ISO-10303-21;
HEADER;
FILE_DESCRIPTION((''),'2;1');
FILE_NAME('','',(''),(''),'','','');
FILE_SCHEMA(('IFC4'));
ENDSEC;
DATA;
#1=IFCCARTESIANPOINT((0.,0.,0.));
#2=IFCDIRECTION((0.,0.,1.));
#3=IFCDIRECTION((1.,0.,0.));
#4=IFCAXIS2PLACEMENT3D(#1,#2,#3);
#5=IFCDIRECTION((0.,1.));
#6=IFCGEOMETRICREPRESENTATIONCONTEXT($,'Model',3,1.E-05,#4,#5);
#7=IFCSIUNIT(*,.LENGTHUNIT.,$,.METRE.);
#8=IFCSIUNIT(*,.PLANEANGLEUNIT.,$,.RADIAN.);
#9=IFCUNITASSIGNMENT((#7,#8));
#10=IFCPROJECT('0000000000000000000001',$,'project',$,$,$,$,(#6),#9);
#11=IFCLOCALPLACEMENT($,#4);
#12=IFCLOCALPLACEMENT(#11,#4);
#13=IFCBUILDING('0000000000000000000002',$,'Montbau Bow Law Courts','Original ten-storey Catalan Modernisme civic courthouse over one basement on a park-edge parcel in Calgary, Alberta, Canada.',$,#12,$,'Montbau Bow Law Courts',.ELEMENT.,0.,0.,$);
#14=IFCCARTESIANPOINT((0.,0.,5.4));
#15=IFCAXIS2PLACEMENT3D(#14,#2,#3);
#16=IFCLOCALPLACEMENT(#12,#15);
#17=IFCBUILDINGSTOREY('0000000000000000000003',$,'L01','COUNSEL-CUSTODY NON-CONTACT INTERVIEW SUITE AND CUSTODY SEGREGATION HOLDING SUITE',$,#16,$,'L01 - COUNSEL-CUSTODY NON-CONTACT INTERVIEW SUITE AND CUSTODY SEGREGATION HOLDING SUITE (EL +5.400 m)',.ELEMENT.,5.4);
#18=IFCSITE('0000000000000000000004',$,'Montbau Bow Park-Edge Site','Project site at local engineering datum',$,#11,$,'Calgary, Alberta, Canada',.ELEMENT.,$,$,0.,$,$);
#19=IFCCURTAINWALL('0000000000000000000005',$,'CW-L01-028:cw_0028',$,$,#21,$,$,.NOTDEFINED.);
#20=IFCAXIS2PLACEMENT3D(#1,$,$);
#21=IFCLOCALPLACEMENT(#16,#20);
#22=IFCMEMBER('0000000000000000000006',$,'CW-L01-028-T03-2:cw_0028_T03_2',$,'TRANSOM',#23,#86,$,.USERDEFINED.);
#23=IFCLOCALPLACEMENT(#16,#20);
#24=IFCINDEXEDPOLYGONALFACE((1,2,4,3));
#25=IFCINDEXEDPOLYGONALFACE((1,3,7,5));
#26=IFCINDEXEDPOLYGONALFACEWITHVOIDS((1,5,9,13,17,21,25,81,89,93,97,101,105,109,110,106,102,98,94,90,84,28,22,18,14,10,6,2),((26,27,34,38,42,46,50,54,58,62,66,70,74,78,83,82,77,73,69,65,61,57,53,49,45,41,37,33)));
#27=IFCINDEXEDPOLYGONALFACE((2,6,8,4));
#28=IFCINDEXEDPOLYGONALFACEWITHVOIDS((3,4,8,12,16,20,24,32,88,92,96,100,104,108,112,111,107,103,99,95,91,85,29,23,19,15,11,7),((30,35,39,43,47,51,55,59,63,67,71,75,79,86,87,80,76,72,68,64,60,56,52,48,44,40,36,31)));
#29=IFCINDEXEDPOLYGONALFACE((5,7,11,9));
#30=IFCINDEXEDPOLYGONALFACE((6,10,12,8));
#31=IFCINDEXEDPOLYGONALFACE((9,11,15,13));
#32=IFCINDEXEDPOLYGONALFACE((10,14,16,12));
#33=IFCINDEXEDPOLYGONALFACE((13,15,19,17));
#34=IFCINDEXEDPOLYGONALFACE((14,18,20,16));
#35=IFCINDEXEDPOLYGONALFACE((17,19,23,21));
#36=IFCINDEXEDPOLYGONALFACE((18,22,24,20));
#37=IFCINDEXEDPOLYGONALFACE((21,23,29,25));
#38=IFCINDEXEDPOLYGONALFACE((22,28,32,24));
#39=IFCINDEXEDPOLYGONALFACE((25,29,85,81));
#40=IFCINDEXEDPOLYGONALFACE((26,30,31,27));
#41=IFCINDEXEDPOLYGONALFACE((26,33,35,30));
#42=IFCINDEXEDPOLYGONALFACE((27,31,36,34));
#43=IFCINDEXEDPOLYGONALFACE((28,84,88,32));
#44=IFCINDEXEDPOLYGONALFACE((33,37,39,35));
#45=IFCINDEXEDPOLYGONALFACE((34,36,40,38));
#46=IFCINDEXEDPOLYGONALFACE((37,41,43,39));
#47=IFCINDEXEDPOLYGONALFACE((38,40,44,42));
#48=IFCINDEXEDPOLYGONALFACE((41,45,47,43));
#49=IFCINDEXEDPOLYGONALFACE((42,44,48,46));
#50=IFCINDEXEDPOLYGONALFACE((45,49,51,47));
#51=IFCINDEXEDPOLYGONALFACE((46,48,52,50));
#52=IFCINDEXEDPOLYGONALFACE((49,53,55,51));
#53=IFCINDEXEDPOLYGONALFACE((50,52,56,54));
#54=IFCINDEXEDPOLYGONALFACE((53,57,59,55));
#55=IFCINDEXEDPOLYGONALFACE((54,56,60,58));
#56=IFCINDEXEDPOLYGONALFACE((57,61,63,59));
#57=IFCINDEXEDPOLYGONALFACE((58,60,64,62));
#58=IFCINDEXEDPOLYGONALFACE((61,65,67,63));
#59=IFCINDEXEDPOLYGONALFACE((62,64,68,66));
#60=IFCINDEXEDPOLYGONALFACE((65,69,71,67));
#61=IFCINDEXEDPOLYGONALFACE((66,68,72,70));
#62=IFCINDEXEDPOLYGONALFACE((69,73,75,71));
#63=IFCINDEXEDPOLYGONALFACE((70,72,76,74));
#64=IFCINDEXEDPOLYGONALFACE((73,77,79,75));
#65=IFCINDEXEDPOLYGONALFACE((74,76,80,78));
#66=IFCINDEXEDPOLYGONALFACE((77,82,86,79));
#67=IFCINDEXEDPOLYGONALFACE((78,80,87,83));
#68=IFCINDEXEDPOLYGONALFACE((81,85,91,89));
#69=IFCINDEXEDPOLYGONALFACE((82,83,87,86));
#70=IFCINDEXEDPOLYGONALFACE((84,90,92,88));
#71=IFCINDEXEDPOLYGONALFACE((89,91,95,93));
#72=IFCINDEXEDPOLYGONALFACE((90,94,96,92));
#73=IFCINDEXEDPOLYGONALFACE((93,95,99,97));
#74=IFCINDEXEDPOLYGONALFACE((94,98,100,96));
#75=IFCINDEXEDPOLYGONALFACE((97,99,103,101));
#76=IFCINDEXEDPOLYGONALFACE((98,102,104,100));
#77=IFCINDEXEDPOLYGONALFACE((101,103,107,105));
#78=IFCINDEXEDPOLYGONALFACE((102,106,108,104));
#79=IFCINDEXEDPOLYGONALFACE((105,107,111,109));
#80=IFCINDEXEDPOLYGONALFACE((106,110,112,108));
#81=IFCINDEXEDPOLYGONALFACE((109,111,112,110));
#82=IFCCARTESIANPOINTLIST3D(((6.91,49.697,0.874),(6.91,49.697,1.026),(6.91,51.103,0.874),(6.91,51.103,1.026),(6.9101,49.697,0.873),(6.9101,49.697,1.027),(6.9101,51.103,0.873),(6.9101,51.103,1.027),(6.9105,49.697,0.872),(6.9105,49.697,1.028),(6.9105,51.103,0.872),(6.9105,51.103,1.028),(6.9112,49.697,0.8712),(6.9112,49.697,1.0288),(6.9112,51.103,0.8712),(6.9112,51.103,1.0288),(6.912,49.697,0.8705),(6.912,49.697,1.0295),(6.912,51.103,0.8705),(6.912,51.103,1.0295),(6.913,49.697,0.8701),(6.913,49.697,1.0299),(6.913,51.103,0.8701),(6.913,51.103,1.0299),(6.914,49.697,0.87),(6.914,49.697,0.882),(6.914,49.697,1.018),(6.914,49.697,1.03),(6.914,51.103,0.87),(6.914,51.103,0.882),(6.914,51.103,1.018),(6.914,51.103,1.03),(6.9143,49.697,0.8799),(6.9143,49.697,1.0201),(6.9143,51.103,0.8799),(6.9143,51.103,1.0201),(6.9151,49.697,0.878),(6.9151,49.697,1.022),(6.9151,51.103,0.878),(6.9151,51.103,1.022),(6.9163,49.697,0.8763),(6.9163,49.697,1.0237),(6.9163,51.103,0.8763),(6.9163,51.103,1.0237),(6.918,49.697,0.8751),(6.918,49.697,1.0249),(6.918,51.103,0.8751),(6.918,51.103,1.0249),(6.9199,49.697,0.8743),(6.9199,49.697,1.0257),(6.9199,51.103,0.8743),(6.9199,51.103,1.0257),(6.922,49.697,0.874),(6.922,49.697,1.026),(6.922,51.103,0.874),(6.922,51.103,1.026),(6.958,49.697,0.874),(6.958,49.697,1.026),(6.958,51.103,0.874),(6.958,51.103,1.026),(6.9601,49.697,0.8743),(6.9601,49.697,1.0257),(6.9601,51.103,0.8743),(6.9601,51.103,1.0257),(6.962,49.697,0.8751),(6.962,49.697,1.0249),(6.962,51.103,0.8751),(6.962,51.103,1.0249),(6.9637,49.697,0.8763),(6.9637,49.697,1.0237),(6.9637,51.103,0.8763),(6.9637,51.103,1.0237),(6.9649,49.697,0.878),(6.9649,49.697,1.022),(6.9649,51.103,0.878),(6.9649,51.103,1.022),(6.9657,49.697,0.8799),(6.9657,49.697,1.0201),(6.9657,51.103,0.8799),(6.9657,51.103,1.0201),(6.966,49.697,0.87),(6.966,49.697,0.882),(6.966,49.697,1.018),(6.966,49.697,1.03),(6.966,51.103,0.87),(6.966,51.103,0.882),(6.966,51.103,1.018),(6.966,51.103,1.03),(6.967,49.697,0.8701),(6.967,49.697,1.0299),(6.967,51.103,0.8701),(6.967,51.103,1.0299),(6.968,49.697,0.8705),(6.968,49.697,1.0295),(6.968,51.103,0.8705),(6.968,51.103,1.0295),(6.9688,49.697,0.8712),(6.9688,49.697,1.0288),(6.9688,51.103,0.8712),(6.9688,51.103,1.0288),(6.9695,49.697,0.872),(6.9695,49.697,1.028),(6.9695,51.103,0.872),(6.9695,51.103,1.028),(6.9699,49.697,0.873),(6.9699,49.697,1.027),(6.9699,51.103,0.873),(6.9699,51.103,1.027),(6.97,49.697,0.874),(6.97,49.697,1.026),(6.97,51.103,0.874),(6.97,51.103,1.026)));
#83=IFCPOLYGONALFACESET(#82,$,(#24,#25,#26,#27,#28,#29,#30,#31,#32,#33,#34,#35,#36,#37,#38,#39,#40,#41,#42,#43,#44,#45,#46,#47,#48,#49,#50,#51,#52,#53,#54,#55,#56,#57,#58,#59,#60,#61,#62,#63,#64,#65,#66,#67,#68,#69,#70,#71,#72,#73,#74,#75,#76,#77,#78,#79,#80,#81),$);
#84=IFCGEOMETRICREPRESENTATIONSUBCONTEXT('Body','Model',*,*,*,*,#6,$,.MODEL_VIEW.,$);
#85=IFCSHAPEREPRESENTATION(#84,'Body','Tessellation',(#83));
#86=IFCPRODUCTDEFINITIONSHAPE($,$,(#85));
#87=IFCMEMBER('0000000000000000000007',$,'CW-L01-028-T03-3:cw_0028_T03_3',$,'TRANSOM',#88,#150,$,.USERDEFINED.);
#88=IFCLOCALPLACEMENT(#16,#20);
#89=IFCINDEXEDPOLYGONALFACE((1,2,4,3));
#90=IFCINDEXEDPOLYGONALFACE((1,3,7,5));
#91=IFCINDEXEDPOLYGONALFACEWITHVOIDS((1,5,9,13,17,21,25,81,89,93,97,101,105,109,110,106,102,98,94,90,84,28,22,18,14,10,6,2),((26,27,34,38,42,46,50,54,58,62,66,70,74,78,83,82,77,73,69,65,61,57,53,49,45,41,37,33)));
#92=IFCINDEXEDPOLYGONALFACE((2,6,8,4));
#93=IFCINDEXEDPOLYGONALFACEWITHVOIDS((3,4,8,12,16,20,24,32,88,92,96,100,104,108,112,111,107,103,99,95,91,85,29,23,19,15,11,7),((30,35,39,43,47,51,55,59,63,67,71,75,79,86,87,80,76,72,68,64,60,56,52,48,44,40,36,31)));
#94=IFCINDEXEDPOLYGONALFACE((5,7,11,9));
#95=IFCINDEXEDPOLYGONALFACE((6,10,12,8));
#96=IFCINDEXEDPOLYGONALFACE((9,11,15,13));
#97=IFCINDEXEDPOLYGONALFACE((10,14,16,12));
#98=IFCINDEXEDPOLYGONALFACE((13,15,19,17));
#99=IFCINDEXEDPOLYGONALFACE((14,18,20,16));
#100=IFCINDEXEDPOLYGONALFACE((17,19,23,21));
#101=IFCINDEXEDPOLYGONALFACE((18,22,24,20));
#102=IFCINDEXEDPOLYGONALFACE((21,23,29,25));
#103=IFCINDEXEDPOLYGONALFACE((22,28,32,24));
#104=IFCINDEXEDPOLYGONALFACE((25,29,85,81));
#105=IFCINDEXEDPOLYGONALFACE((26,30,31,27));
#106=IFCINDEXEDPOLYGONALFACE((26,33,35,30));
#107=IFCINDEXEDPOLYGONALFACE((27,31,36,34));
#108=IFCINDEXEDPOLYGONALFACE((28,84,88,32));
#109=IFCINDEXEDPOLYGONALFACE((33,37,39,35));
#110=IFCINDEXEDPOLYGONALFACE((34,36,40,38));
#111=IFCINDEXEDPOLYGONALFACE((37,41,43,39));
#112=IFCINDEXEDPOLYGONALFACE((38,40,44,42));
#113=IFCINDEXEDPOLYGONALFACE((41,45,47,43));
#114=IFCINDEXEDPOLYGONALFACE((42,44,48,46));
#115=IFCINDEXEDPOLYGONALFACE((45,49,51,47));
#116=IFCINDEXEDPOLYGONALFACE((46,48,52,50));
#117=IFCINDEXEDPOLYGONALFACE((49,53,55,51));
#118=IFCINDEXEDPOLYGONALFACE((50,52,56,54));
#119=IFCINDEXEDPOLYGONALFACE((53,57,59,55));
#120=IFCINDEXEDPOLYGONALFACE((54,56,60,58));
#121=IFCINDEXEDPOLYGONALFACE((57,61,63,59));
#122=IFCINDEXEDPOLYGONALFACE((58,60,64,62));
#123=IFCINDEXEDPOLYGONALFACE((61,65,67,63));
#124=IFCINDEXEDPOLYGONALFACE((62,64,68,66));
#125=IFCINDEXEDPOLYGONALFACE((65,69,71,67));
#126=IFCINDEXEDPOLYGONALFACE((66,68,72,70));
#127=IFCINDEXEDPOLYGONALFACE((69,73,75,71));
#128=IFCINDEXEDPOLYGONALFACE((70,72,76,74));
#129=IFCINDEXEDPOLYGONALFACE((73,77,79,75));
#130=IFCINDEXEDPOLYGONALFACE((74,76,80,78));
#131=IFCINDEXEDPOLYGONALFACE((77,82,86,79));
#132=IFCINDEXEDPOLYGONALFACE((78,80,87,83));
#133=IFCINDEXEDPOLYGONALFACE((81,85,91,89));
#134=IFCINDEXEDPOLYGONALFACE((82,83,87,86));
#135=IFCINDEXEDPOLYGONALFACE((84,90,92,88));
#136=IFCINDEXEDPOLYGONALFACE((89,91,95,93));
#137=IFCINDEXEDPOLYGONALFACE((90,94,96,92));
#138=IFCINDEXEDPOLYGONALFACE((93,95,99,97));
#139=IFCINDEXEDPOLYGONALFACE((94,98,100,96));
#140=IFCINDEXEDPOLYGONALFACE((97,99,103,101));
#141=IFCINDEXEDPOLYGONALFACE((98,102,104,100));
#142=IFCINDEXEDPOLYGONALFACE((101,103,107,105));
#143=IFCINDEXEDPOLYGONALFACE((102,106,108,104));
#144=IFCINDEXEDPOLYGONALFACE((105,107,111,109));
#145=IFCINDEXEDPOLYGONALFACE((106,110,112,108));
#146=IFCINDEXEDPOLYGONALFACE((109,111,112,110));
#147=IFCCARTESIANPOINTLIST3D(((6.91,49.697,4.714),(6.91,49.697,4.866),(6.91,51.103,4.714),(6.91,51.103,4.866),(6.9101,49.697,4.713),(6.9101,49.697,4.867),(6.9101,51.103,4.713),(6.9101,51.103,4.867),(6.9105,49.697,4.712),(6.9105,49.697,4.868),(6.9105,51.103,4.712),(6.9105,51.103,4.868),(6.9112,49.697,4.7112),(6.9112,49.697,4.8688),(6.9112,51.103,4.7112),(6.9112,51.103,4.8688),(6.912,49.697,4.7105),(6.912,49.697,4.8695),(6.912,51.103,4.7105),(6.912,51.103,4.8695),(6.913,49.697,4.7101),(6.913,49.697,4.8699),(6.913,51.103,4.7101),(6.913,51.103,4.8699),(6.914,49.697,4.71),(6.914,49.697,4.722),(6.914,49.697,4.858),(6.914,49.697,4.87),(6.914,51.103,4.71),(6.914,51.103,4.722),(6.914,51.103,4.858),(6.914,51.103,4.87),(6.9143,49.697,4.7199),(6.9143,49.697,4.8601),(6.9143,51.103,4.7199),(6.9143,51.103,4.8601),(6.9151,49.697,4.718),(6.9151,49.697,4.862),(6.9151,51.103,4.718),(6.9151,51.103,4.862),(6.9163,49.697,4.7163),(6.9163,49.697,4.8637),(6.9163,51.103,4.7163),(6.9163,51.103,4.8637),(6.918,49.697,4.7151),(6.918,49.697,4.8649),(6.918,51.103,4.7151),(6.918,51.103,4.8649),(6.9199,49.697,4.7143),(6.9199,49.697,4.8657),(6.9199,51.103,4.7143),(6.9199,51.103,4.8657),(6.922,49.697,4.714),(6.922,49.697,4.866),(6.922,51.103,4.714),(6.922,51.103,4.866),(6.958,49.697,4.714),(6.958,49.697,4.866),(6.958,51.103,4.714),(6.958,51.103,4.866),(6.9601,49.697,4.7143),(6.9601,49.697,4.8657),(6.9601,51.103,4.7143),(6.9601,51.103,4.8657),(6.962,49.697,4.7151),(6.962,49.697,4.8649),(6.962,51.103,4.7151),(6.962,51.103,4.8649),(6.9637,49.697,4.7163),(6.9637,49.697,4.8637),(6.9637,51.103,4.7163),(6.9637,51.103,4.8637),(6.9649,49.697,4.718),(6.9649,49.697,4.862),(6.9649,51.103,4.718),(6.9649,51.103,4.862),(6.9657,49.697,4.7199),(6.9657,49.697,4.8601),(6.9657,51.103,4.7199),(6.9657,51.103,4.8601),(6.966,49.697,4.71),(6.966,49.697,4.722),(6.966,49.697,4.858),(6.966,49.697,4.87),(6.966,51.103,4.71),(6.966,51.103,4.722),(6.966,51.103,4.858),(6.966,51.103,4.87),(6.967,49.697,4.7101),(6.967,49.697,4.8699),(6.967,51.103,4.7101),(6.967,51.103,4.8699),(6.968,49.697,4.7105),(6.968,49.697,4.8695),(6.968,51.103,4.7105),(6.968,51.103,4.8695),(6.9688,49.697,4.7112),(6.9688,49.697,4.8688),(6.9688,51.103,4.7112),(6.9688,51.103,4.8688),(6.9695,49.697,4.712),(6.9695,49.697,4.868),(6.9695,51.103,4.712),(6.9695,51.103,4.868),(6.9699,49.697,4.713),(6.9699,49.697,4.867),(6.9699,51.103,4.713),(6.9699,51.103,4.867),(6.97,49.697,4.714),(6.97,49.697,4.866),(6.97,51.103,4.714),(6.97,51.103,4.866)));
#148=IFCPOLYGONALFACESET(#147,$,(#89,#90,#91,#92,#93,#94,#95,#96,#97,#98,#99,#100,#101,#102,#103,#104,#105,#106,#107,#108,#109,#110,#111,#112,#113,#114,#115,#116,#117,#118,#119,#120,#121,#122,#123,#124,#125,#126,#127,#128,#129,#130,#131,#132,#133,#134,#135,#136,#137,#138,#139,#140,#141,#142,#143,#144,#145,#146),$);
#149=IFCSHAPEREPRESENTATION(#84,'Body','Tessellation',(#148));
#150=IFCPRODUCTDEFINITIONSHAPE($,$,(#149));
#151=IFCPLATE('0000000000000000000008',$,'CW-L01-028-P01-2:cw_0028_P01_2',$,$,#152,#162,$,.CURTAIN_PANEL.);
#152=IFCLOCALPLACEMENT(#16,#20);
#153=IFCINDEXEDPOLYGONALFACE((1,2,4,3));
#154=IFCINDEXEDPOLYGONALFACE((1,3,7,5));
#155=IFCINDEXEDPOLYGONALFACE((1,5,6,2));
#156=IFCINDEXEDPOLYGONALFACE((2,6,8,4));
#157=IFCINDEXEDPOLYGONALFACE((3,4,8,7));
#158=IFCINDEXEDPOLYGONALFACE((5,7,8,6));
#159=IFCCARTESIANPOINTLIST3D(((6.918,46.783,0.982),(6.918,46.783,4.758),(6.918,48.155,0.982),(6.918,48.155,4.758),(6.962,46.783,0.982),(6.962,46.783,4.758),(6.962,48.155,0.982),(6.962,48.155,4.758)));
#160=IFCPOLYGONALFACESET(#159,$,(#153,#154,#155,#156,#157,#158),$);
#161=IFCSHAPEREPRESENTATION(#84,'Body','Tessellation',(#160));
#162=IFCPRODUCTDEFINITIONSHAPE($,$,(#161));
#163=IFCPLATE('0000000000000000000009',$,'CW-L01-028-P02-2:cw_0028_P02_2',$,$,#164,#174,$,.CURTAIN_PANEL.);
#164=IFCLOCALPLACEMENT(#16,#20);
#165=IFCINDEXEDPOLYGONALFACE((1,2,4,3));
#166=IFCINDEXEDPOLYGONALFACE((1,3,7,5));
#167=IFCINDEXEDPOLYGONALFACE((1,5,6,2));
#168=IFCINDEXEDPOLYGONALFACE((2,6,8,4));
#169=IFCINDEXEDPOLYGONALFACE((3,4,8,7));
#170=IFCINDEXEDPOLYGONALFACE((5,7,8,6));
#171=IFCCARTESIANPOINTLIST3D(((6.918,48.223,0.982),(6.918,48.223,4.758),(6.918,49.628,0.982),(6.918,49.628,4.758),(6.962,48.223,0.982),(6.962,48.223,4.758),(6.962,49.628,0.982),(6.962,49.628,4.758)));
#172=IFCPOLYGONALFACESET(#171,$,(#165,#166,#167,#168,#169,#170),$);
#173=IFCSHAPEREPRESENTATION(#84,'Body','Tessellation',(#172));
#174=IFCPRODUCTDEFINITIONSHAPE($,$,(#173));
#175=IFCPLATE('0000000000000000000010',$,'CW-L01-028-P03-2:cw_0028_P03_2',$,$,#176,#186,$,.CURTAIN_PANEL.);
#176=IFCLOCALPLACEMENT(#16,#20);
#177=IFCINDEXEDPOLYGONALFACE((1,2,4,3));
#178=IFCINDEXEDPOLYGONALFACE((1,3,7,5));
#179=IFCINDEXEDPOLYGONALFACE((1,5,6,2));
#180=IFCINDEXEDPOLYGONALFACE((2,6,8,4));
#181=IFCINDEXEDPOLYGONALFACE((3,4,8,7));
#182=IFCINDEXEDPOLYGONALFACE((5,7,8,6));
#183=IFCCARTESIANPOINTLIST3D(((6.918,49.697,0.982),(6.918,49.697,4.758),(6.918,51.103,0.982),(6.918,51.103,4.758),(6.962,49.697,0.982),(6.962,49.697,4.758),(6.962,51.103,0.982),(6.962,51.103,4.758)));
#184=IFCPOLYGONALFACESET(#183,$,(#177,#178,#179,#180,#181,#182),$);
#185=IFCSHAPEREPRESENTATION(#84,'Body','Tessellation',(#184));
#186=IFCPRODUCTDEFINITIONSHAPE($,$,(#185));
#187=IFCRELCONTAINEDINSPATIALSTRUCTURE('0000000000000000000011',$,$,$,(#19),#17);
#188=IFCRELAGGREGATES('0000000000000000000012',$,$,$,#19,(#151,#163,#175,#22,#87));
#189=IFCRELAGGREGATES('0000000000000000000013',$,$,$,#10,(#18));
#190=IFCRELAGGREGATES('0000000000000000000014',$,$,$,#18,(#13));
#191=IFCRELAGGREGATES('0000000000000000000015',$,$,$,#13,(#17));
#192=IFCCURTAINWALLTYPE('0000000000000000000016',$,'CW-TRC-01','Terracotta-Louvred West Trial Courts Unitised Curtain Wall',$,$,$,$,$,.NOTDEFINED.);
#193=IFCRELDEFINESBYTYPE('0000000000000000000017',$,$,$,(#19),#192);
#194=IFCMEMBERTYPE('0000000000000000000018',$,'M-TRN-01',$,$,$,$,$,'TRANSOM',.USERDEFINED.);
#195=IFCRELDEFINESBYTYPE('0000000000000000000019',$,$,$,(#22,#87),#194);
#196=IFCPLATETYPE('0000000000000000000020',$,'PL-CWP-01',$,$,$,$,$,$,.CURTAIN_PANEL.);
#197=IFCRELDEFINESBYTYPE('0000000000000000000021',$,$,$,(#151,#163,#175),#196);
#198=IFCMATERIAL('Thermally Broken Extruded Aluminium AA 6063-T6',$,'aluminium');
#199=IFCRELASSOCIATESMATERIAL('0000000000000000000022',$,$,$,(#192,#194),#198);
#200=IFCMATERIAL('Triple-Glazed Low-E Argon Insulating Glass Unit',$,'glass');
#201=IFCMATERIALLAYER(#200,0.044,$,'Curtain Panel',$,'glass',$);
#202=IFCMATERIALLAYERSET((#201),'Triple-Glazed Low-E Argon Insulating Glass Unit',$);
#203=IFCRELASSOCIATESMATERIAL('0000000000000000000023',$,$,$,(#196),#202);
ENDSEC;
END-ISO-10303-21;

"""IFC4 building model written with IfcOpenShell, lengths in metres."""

from ifc_helpers import new_model, si_unit, direction, frame, frame_2d, origin_with_axes, origin_2d_with_axis, place, context, subcontext, project, spatial, rectangle, hollow_rectangle, extrude, material, layer, layer_set, material_profile, profile_set, type_object, element, aggregate, save


model = new_model("IFC4")

# Units and contexts
model_context = context("Model", 3, precision=1e-05, world=origin_with_axes(), true_north=direction((0.0, 1.0)))
body_context = subcontext(model_context, "Body", "Model", "MODEL_VIEW")
ifc_project = project(units=[si_unit("LENGTHUNIT", "METRE"), si_unit("PLANEANGLEUNIT", "RADIAN")], contexts=[model_context])

# Site, building, storey
site_placement = place(None, origin_with_axes())
site = spatial("IfcSite", under=ifc_project, at=site_placement, Name="Montbau Bow Park-Edge Site", Description="Project site at local engineering datum", LongName="Calgary, Alberta, Canada", CompositionType="ELEMENT", RefElevation=0.0)
building_placement = place(site_placement, origin_with_axes())
building = spatial("IfcBuilding", under=site, at=building_placement, Name="Montbau Bow Law Courts", Description="Original ten-storey Catalan Modernisme civic courthouse over one basement on a park-edge parcel in Calgary, Alberta, Canada.", LongName="Montbau Bow Law Courts", CompositionType="ELEMENT", ElevationOfRefHeight=0.0, ElevationOfTerrain=0.0)
storey_placement = place(building_placement, frame((0.0, 0.0, 5.4), z_axis=(0.0, 0.0, 1.0), x_axis=(1.0, 0.0, 0.0)))
storey = spatial("IfcBuildingStorey", under=building, at=storey_placement, Name="L01", Description="COUNSEL-CUSTODY NON-CONTACT INTERVIEW SUITE AND CUSTODY SEGREGATION HOLDING SUITE", LongName="L01 - COUNSEL-CUSTODY NON-CONTACT INTERVIEW SUITE AND CUSTODY SEGREGATION HOLDING SUITE (EL +5.400 m)", CompositionType="ELEMENT", Elevation=5.4)

# Shared definitions
ifc_material_1 = material(Name="Thermally Broken Extruded Aluminium AA 6063-T6", Category="aluminium")
curtain_wall_type = type_object("IfcCurtainWallType", Name="CW-TRC-01", Description="Terracotta-Louvred West Trial Courts Unitised Curtain Wall", PredefinedType="NOTDEFINED", material=ifc_material_1)

# Curtain wall, members, plates
curtain_wall_1_placement = place(None, frame((6.94, 46.715, 5.4), z_axis=(0.0, 0.0, 1.0), x_axis=(1.0, 0.0, 0.0)))
curtain_wall_1 = element("IfcCurtainWall", 1, at=curtain_wall_1_placement, inside=storey, type_object=curtain_wall_type, Name="CW-L01-028:cw_0028", PredefinedType="NOTDEFINED")
ifc_material_profile_1 = material_profile(ifc_material_1, hollow_rectangle(XDim=0.06, YDim=0.16, WallThickness=0.004, InnerFilletRadius=0.008, OuterFilletRadius=0.004, at=origin_2d_with_axis()), Name="CWT-160X60", Category="Main", Priority=0)
ifc_profile_set_1 = profile_set([ifc_material_profile_1], Name="Thermally Broken Extruded Aluminium AA 6063-T6")
member_type_1 = type_object("IfcMemberType", Name="M-TRN-01", ElementType="TRANSOM", PredefinedType="USERDEFINED", material=ifc_profile_set_1)
member_1_placement = place(None, frame((6.94, 49.697, 6.35), z_axis=(0.0, 1.0, 0.0), x_axis=(-1.0, 0.0, 0.0)))
member_1 = element("IfcMember", 2, at=member_1_placement, type_object=member_type_1, Name="CW-L01-028-T03-2:cw_0028_T03_2", ObjectType="TRANSOM", PredefinedType="USERDEFINED", context=body_context, shape_type="SweptSolid", body=[
    extrude(hollow_rectangle(XDim=0.06, YDim=0.16, WallThickness=0.004, InnerFilletRadius=0.008, OuterFilletRadius=0.004, at=origin_2d_with_axis()), origin_with_axes(), (0.0, 0.0, 1.0), 1.406),
])
member_2_placement = place(None, frame((6.94, 49.697, 10.19), z_axis=(0.0, 1.0, 0.0), x_axis=(-1.0, 0.0, 0.0)))
member_2 = element("IfcMember", 3, at=member_2_placement, type_object=member_type_1, Name="CW-L01-028-T03-3:cw_0028_T03_3", ObjectType="TRANSOM", PredefinedType="USERDEFINED", context=body_context, shape_type="SweptSolid", body=[
    extrude(hollow_rectangle(XDim=0.06, YDim=0.16, WallThickness=0.004, InnerFilletRadius=0.008, OuterFilletRadius=0.004, at=origin_2d_with_axis()), origin_with_axes(), (0.0, 0.0, 1.0), 1.406),
])
ifc_material_2 = material(Name="Triple-Glazed Low-E Argon Insulating Glass Unit", Category="glass")
ifc_layer_1 = layer(ifc_material_2, 0.044, Name="Curtain Panel", Category="glass")
ifc_layer_set_1 = layer_set([ifc_layer_1], Name="Triple-Glazed Low-E Argon Insulating Glass Unit")
plate_type_1 = type_object("IfcPlateType", Name="PL-CWP-01", PredefinedType="CURTAIN_PANEL", material=ifc_layer_set_1)
plate_1_placement = place(None, frame((6.94, 46.783, 6.382), z_axis=(1.0, 0.0, 0.0), x_axis=(0.0, 1.0, 0.0)))
plate_1 = element("IfcPlate", 4, at=plate_1_placement, type_object=plate_type_1, Name="CW-L01-028-P01-2:cw_0028_P01_2", PredefinedType="CURTAIN_PANEL", context=body_context, shape_type="SweptSolid", body=[
    extrude(rectangle(XDim=1.372, YDim=3.776, at=frame_2d((0.686, 1.888), x_axis=(1.0, 0.0))), frame((0.0, 0.0, -0.022), z_axis=(0.0, 0.0, 1.0), x_axis=(1.0, 0.0, 0.0)), (0.0, 0.0, 1.0), 0.044),
])
plate_2_placement = place(None, frame((6.94, 48.223, 6.382), z_axis=(1.0, 0.0, 0.0), x_axis=(0.0, 1.0, 0.0)))
plate_2 = element("IfcPlate", 5, at=plate_2_placement, type_object=plate_type_1, Name="CW-L01-028-P02-2:cw_0028_P02_2", PredefinedType="CURTAIN_PANEL", context=body_context, shape_type="SweptSolid", body=[
    extrude(rectangle(XDim=1.405, YDim=3.776, at=frame_2d((0.7025, 1.888), x_axis=(1.0, 0.0))), frame((0.0, 0.0, -0.022), z_axis=(0.0, 0.0, 1.0), x_axis=(1.0, 0.0, 0.0)), (0.0, 0.0, 1.0), 0.044),
])
plate_3_placement = place(None, frame((6.94, 49.697, 6.382), z_axis=(1.0, 0.0, 0.0), x_axis=(0.0, 1.0, 0.0)))
plate_3 = element("IfcPlate", 6, at=plate_3_placement, type_object=plate_type_1, Name="CW-L01-028-P03-2:cw_0028_P03_2", PredefinedType="CURTAIN_PANEL", context=body_context, shape_type="SweptSolid", body=[
    extrude(rectangle(XDim=1.406, YDim=3.776, at=frame_2d((0.703, 1.888), x_axis=(1.0, 0.0))), frame((0.0, 0.0, -0.022), z_axis=(0.0, 0.0, 1.0), x_axis=(1.0, 0.0, 0.0)), (0.0, 0.0, 1.0), 0.044),
])
aggregate(curtain_wall_1, [plate_1, plate_2, plate_3, member_1, member_2])

save(model, "model.ifc")
